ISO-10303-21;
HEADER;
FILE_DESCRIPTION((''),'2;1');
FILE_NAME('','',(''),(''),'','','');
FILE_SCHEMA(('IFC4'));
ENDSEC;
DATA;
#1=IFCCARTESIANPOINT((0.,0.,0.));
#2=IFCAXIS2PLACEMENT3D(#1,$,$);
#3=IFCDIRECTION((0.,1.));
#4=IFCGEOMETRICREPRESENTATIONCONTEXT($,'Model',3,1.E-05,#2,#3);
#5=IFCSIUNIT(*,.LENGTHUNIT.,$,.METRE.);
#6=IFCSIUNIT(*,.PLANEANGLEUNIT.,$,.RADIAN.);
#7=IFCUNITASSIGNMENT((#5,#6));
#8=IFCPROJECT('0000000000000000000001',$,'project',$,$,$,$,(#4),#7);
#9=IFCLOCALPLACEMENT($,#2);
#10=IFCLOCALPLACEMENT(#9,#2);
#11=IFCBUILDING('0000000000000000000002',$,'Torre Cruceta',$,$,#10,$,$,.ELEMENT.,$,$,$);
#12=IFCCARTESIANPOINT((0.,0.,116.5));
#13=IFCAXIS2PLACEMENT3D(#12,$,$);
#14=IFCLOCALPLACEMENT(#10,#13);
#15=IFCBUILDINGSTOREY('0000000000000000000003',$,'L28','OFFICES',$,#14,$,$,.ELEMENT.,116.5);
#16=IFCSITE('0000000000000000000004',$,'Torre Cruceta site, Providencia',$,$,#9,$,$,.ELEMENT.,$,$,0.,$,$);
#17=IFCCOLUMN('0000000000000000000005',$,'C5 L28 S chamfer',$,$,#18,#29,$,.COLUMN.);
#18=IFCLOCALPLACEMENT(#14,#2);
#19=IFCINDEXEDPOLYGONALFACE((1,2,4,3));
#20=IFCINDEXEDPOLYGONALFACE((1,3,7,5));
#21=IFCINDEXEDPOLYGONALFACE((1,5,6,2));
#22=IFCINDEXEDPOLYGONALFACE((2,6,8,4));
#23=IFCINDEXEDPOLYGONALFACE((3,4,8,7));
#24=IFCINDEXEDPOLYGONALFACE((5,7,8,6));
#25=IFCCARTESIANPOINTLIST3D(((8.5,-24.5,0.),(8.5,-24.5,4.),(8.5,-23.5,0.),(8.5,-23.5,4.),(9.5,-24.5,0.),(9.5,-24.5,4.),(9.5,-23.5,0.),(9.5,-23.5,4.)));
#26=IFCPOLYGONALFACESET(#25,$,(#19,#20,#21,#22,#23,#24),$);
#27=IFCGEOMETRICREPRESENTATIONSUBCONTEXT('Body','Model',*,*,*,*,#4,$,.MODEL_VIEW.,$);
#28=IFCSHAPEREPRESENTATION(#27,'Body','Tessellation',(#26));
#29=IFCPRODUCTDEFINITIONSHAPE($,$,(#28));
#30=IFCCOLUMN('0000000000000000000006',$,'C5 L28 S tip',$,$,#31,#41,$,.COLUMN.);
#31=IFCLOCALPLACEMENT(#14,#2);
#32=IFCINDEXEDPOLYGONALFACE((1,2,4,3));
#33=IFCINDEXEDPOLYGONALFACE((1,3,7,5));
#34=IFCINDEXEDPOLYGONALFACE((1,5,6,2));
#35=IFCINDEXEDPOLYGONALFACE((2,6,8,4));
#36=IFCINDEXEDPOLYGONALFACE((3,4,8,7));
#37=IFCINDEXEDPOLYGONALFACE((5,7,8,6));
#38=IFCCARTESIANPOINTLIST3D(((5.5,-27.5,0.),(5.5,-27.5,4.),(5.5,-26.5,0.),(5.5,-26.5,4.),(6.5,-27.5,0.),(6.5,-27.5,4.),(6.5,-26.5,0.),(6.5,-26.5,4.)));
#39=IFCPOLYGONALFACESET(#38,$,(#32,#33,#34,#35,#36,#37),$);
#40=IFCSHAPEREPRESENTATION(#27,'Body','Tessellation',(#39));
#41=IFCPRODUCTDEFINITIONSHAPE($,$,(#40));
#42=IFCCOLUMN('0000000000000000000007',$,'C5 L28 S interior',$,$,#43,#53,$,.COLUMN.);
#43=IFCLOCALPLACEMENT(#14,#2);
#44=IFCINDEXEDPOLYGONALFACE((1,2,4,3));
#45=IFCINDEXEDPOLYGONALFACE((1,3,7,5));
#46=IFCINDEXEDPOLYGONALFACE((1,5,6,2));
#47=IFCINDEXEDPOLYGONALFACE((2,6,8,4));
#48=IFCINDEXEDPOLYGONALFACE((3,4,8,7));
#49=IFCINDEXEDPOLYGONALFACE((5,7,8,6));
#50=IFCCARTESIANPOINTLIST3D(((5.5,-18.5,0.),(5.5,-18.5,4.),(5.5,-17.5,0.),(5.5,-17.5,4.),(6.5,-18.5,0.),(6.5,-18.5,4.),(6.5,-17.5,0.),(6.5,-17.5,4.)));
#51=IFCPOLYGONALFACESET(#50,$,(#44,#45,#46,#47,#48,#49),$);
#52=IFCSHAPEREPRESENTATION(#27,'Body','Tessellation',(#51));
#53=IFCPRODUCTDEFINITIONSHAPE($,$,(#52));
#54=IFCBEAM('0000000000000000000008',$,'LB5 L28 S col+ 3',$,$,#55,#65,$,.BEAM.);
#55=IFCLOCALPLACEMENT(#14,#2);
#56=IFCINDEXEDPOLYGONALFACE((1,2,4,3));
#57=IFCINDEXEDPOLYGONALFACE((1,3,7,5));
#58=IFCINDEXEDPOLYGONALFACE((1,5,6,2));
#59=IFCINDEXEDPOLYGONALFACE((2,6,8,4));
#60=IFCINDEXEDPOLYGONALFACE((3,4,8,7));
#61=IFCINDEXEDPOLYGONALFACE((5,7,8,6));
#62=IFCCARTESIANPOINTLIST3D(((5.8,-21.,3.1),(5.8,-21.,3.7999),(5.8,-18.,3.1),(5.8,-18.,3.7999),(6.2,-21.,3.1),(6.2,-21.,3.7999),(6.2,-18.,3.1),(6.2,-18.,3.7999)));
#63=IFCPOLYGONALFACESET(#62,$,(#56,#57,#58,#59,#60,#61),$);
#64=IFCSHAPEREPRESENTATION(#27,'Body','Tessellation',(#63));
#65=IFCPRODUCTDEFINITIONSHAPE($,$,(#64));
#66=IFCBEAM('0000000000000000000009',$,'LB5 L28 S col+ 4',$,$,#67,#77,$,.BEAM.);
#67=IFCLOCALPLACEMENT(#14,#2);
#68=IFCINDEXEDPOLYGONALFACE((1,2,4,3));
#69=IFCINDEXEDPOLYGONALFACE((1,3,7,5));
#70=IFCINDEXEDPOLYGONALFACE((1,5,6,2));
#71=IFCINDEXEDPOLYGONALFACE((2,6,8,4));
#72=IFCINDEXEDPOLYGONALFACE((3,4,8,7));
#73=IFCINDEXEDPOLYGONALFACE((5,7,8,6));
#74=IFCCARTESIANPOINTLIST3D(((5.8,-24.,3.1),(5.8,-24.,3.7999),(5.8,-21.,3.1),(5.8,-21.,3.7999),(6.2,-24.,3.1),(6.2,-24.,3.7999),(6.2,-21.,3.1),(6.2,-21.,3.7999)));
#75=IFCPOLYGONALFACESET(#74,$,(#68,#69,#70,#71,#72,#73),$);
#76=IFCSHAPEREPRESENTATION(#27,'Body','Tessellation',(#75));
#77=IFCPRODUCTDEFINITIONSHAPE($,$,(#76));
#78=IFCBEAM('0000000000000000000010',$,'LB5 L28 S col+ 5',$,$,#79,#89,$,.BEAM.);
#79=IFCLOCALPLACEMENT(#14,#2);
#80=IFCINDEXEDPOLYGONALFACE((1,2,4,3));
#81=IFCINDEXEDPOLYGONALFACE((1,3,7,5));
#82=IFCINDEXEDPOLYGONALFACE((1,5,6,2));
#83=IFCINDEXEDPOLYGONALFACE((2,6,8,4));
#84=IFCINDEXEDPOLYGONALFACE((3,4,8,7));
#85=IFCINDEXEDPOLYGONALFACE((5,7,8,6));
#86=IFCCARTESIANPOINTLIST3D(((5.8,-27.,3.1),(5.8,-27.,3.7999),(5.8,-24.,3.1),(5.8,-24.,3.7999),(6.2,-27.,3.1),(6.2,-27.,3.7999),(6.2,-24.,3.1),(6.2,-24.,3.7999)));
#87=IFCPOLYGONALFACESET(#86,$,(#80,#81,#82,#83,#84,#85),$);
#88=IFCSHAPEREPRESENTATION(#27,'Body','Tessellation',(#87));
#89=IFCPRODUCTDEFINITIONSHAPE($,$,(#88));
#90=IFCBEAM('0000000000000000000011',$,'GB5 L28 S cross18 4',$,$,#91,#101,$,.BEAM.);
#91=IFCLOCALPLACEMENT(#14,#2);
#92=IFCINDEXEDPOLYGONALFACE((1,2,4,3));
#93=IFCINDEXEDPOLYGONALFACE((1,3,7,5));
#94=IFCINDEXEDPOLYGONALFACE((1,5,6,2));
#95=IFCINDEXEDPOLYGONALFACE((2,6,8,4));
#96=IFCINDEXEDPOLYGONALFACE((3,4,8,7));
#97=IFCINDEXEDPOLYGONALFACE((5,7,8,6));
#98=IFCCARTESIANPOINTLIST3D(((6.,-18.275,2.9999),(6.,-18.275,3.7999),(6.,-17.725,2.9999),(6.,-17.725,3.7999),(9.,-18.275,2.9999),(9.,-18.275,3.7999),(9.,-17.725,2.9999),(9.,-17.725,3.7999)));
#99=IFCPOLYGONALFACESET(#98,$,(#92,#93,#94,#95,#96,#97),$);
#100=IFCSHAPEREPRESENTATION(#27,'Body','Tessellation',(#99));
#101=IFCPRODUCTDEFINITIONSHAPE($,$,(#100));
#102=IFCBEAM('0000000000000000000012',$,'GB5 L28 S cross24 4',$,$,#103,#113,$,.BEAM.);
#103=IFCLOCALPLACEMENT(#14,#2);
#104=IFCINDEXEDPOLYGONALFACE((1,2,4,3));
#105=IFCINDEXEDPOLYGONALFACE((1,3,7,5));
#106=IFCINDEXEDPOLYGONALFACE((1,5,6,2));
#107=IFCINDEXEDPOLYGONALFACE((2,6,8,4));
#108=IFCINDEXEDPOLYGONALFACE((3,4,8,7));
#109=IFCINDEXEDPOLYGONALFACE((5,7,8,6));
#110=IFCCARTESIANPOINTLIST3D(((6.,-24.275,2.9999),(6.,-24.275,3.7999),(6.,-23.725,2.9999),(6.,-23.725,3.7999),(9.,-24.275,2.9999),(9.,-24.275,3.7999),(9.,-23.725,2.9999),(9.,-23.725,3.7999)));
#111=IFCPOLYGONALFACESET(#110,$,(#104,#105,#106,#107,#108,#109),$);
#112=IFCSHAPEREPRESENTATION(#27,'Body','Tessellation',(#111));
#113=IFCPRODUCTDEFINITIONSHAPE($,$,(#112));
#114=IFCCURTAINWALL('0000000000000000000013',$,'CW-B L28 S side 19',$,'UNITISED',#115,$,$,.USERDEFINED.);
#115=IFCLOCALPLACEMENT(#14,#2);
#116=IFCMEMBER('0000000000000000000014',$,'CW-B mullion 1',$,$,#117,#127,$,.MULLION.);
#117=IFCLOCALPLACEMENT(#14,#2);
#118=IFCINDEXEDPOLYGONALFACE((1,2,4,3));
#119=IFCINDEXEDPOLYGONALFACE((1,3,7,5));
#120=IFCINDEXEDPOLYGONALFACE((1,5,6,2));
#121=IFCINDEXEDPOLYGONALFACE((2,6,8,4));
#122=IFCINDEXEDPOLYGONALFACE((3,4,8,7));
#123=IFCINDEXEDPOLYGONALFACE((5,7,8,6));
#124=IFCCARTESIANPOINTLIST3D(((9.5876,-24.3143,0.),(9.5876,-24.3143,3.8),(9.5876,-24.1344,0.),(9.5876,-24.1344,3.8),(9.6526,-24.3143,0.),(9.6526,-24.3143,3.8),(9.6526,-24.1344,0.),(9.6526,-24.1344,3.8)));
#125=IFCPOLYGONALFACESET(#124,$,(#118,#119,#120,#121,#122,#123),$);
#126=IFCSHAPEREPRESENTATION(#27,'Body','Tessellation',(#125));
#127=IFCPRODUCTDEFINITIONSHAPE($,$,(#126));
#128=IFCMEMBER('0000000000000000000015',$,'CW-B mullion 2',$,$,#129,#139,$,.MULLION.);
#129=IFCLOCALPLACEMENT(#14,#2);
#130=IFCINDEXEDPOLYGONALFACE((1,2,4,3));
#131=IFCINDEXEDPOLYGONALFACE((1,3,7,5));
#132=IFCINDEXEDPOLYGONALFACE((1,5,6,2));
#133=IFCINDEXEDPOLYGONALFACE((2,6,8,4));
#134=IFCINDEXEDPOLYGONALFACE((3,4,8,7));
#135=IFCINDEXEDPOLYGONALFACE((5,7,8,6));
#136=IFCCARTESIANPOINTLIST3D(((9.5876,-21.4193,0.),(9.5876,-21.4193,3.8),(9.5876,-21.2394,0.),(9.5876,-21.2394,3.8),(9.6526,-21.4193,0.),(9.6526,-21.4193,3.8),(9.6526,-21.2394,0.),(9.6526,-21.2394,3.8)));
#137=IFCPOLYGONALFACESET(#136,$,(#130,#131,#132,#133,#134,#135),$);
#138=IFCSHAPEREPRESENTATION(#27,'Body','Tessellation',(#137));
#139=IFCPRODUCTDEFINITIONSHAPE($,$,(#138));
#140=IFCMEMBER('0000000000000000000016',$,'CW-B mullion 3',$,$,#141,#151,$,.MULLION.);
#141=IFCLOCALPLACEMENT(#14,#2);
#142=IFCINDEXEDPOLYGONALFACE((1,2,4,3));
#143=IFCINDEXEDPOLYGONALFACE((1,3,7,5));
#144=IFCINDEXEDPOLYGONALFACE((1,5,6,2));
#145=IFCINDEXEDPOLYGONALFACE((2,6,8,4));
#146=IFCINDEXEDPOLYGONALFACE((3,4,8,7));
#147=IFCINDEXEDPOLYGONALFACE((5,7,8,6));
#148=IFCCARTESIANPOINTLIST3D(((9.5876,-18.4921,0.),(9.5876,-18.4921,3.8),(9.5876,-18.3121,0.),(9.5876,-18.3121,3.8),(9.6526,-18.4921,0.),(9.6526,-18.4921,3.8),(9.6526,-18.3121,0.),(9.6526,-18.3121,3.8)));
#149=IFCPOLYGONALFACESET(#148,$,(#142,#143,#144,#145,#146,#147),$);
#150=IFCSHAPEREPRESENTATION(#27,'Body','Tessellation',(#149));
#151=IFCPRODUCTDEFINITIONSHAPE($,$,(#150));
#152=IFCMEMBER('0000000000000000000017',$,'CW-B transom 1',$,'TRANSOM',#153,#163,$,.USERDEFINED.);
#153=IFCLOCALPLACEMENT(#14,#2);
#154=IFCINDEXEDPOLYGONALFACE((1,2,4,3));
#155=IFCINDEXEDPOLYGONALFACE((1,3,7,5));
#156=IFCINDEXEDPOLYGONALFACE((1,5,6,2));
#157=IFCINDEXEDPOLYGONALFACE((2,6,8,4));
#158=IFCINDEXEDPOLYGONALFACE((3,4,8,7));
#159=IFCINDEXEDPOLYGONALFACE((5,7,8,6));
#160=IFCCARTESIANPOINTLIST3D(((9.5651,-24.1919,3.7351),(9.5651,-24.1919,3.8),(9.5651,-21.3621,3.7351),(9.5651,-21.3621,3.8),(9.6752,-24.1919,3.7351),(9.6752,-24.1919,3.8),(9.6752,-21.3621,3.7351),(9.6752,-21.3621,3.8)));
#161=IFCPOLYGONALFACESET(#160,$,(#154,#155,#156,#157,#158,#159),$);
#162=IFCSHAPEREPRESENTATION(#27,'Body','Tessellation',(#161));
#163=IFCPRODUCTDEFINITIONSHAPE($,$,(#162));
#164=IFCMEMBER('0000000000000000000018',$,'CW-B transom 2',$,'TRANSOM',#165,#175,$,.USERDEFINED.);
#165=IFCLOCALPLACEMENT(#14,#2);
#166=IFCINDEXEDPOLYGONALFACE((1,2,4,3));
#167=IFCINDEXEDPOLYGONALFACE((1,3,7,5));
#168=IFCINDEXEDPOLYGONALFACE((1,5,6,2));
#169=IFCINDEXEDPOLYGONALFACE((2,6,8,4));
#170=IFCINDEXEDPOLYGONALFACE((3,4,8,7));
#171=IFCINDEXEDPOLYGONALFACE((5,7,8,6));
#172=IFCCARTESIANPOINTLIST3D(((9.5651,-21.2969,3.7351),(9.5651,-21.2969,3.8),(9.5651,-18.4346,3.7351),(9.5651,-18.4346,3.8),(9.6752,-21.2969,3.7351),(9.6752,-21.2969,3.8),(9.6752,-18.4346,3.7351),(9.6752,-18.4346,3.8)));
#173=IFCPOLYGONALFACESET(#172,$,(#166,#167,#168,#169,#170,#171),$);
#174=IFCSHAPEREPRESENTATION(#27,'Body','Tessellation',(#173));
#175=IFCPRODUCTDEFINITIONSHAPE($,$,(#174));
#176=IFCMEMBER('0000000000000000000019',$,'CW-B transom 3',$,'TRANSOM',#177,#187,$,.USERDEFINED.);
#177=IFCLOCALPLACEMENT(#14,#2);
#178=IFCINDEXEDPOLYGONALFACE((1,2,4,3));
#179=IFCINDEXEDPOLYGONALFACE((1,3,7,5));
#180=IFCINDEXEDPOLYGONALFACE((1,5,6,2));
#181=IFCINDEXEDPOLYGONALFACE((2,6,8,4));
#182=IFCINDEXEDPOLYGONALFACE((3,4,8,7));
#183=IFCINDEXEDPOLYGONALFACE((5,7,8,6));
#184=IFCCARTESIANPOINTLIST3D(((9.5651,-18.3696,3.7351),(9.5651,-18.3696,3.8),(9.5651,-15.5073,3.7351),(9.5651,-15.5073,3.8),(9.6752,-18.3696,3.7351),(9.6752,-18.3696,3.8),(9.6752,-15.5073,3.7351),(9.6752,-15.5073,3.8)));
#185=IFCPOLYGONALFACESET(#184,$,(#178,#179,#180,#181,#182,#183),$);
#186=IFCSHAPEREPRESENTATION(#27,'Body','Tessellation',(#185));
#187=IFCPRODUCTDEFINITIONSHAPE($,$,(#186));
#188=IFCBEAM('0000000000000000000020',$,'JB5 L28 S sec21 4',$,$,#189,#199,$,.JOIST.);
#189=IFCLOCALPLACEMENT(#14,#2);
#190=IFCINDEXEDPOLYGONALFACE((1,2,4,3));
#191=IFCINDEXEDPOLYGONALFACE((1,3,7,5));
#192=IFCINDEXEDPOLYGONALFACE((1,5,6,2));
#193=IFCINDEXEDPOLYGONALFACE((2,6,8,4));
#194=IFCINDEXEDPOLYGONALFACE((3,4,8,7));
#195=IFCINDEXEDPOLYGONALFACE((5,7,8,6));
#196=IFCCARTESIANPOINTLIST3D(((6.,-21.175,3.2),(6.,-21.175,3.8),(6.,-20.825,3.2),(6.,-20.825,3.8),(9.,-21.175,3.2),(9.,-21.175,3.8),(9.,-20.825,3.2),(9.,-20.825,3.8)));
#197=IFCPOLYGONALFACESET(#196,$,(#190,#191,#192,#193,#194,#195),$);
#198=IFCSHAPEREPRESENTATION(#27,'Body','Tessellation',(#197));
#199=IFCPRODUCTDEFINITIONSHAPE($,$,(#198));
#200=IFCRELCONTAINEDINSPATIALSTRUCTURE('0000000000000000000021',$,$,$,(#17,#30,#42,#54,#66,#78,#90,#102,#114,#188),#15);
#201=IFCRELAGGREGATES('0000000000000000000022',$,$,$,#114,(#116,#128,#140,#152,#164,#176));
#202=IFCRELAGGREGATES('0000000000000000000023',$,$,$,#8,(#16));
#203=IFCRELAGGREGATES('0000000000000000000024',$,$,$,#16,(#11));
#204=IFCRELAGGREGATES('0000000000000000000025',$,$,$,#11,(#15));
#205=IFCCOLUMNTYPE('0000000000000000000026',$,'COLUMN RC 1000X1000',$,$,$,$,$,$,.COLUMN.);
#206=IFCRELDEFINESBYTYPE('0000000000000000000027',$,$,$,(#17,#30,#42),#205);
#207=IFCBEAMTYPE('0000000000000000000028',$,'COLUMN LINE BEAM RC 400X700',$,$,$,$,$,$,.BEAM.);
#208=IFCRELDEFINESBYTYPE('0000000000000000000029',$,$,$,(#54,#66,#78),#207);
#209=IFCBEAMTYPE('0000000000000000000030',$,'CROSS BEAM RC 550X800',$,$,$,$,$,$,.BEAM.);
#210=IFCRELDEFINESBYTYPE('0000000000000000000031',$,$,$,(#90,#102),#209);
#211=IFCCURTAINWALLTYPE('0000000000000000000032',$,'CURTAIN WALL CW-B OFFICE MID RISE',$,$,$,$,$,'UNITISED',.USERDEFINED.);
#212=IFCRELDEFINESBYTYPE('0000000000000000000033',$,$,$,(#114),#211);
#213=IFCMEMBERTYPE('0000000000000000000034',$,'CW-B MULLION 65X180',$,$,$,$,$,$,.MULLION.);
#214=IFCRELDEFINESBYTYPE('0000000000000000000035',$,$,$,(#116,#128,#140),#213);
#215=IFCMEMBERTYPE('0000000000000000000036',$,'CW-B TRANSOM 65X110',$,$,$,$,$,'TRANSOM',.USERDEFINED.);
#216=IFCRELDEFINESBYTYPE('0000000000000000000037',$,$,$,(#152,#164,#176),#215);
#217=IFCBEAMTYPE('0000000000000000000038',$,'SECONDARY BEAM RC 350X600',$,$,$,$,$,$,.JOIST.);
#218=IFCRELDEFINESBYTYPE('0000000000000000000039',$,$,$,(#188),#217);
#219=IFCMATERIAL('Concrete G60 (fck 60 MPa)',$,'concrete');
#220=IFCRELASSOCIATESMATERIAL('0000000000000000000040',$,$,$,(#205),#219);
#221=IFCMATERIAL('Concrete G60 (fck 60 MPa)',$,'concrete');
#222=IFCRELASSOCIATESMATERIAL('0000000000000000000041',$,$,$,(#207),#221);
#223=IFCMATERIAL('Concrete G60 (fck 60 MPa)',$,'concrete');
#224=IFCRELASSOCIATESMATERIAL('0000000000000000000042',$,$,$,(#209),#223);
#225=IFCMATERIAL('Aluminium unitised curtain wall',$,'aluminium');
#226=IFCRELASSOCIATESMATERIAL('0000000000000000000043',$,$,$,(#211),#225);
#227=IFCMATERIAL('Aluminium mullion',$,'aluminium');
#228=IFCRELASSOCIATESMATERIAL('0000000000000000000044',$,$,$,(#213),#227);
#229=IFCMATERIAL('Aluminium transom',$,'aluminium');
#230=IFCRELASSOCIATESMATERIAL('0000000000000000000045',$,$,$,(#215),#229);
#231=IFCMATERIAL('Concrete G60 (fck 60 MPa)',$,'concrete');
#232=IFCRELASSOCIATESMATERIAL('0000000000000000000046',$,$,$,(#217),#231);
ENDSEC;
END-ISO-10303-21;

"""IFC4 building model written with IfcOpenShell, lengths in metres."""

from ifc_helpers import new_model, si_unit, direction, frame, origin, origin_2d, place, context, subcontext, project, spatial, rectangle, extrude, material, material_profile, profile_set, type_object, element, aggregate, save


model = new_model("IFC4")

# Units and contexts
model_context = context("Model", 3, precision=1e-05, world=origin(), true_north=direction((0.0, 1.0)))
body_context = subcontext(model_context, "Body", "Model", "MODEL_VIEW")
ifc_project = project(units=[si_unit("LENGTHUNIT", "METRE"), si_unit("PLANEANGLEUNIT", "RADIAN")], contexts=[model_context])

# Site, building, storey
site_placement = place(None, origin())
site = spatial("IfcSite", under=ifc_project, at=site_placement, Name="Torre Cruceta site, Providencia", CompositionType="ELEMENT", RefElevation=0.0)
building_placement = place(site_placement, origin())
building = spatial("IfcBuilding", under=site, at=building_placement, Name="Torre Cruceta", CompositionType="ELEMENT")
storey_placement = place(building_placement, frame((0.0, 0.0, 116.5)))
storey = spatial("IfcBuildingStorey", under=building, at=storey_placement, Name="L28", Description="OFFICES", CompositionType="ELEMENT", Elevation=116.5)

# Columns
ifc_material_1 = material(Name="Concrete G60 (fck 60 MPa)", Category="concrete")
ifc_material_profile_1 = material_profile(ifc_material_1, rectangle(XDim=1.0, YDim=1.0, at=origin_2d()), Name="RC 1000X1000")
ifc_profile_set_1 = profile_set([ifc_material_profile_1], Name="Concrete G60 (fck 60 MPa)")
column_type = type_object("IfcColumnType", Name="COLUMN RC 1000X1000", PredefinedType="COLUMN", material=ifc_profile_set_1)
for number, where, z_axis, x_axis, name in (
    (1, (9.0, -24.0, 0.0), (0.0, 0.0, 1.0), (1.0, 0.0, 0.0), "C5 L28 S chamfer"),
    (2, (6.0, -27.0, 0.0), (0.0, 0.0, 1.0), (1.0, 0.0, 0.0), "C5 L28 S tip"),
    (3, (6.0, -18.0, 0.0), (0.0, 0.0, 1.0), (1.0, 0.0, 0.0), "C5 L28 S interior"),
):
    element("IfcColumn", number, at=place(storey_placement, frame(where, z_axis=z_axis, x_axis=x_axis)), inside=storey, type_object=column_type, Name=name, PredefinedType="COLUMN", context=body_context, shape_type="SweptSolid", body=[
        extrude(rectangle(XDim=1.0, YDim=1.0, at=origin_2d()), origin(), (0.0, 0.0, 1.0), 4.0),
    ])

# Beams
ifc_material_2 = material(Name="Concrete G60 (fck 60 MPa)", Category="concrete")
ifc_material_profile_2 = material_profile(ifc_material_2, rectangle(XDim=0.3999, YDim=0.7, at=origin_2d()), Name="RC 400X700")
ifc_profile_set_2 = profile_set([ifc_material_profile_2], Name="Concrete G60 (fck 60 MPa)")
beam_type_1 = type_object("IfcBeamType", Name="COLUMN LINE BEAM RC 400X700", PredefinedType="BEAM", material=ifc_profile_set_2)
for number, where, z_axis, x_axis, name in (
    (4, (6.0, -18.0, 3.45), (0.0, -1.0, 0.0), (1.0, 0.0, 0.0), "LB5 L28 S col+ 3"),
    (5, (6.0, -21.0, 3.45), (0.0, -1.0, 0.0), (1.0, 0.0, 0.0), "LB5 L28 S col+ 4"),
    (6, (6.0, -24.0, 3.45), (0.0, -1.0, 0.0), (1.0, 0.0, 0.0), "LB5 L28 S col+ 5"),
):
    element("IfcBeam", number, at=place(storey_placement, frame(where, z_axis=z_axis, x_axis=x_axis)), inside=storey, type_object=beam_type_1, Name=name, PredefinedType="BEAM", context=body_context, shape_type="SweptSolid", body=[
        extrude(rectangle(XDim=0.3999, YDim=0.7, at=origin_2d()), origin(), (0.0, 0.0, 1.0), 3.0),
    ])
ifc_material_3 = material(Name="Concrete G60 (fck 60 MPa)", Category="concrete")
ifc_material_profile_3 = material_profile(ifc_material_3, rectangle(XDim=0.55, YDim=0.8, at=origin_2d()), Name="RC 550X800")
ifc_profile_set_3 = profile_set([ifc_material_profile_3], Name="Concrete G60 (fck 60 MPa)")
beam_type_2 = type_object("IfcBeamType", Name="CROSS BEAM RC 550X800", PredefinedType="BEAM", material=ifc_profile_set_3)
for number, where, z_axis, x_axis, name in (
    (7, (6.0, -18.0, 3.3999), (1.0, 0.0, 0.0), (0.0, 1.0, 0.0), "GB5 L28 S cross18 4"),
    (8, (6.0, -24.0, 3.3999), (1.0, 0.0, 0.0), (0.0, 1.0, 0.0), "GB5 L28 S cross24 4"),
):
    element("IfcBeam", number, at=place(storey_placement, frame(where, z_axis=z_axis, x_axis=x_axis)), inside=storey, type_object=beam_type_2, Name=name, PredefinedType="BEAM", context=body_context, shape_type="SweptSolid", body=[
        extrude(rectangle(XDim=0.55, YDim=0.8, at=origin_2d()), origin(), (0.0, 0.0, 1.0), 3.0),
    ])

# Curtain wall, members
ifc_material_4 = material(Name="Aluminium unitised curtain wall", Category="aluminium")
curtain_wall_type = type_object("IfcCurtainWallType", Name="CURTAIN WALL CW-B OFFICE MID RISE", ElementType="UNITISED", PredefinedType="USERDEFINED", material=ifc_material_4)
curtain_wall_placement = place(storey_placement, origin())
curtain_wall = element("IfcCurtainWall", 9, at=curtain_wall_placement, inside=storey, type_object=curtain_wall_type, Name="CW-B L28 S side 19", ObjectType="UNITISED", PredefinedType="USERDEFINED")
ifc_material_5 = material(Name="Aluminium mullion", Category="aluminium")
ifc_material_profile_4 = material_profile(ifc_material_5, rectangle(XDim=0.0649, YDim=0.1799, at=origin_2d()), Name="AL 65X180")
ifc_profile_set_4 = profile_set([ifc_material_profile_4], Name="Aluminium mullion")
member_type_1 = type_object("IfcMemberType", Name="CW-B MULLION 65X180", PredefinedType="MULLION", material=ifc_profile_set_4)
member_1_placement = place(storey_placement, frame((9.6201, -24.2244, 0.0), z_axis=(0.0, 0.0, 1.0), x_axis=(-1.0, 0.0, 0.0)))
member_1 = element("IfcMember", 10, at=member_1_placement, type_object=member_type_1, Name="CW-B mullion 1", PredefinedType="MULLION", context=body_context, shape_type="SweptSolid", body=[
    extrude(rectangle(XDim=0.0649, YDim=0.1799, at=origin_2d()), origin(), (0.0, 0.0, 1.0), 3.8),
])
member_2_placement = place(storey_placement, frame((9.6201, -21.3293, 0.0), z_axis=(0.0, 0.0, 1.0), x_axis=(-1.0, 0.0, 0.0)))
member_2 = element("IfcMember", 11, at=member_2_placement, type_object=member_type_1, Name="CW-B mullion 2", PredefinedType="MULLION", context=body_context, shape_type="SweptSolid", body=[
    extrude(rectangle(XDim=0.0649, YDim=0.1799, at=origin_2d()), origin(), (0.0, 0.0, 1.0), 3.8),
])
member_3_placement = place(storey_placement, frame((9.6201, -18.4021, 0.0), z_axis=(0.0, 0.0, 1.0), x_axis=(-1.0, 0.0, 0.0)))
member_3 = element("IfcMember", 12, at=member_3_placement, type_object=member_type_1, Name="CW-B mullion 3", PredefinedType="MULLION", context=body_context, shape_type="SweptSolid", body=[
    extrude(rectangle(XDim=0.0649, YDim=0.1799, at=origin_2d()), origin(), (0.0, 0.0, 1.0), 3.8),
])
ifc_material_6 = material(Name="Aluminium transom", Category="aluminium")
ifc_material_profile_5 = material_profile(ifc_material_6, rectangle(XDim=0.1101, YDim=0.0649, at=origin_2d()), Name="AL 110X65")
ifc_profile_set_5 = profile_set([ifc_material_profile_5], Name="Aluminium transom")
member_type_2 = type_object("IfcMemberType", Name="CW-B TRANSOM 65X110", ElementType="TRANSOM", PredefinedType="USERDEFINED", material=ifc_profile_set_5)
member_4_placement = place(storey_placement, frame((9.6201, -24.1919, 3.7676), z_axis=(0.0, 1.0, 0.0), x_axis=(-1.0, 0.0, 0.0)))
member_4 = element("IfcMember", 13, at=member_4_placement, type_object=member_type_2, Name="CW-B transom 1", ObjectType="TRANSOM", PredefinedType="USERDEFINED", context=body_context, shape_type="SweptSolid", body=[
    extrude(rectangle(XDim=0.1101, YDim=0.0649, at=origin_2d()), origin(), (0.0, 0.0, 1.0), 2.8298),
])
member_5_placement = place(storey_placement, frame((9.6201, -21.2969, 3.7676), z_axis=(0.0, 1.0, 0.0), x_axis=(-1.0, 0.0, 0.0)))
member_5 = element("IfcMember", 14, at=member_5_placement, type_object=member_type_2, Name="CW-B transom 2", ObjectType="TRANSOM", PredefinedType="USERDEFINED", context=body_context, shape_type="SweptSolid", body=[
    extrude(rectangle(XDim=0.1101, YDim=0.0649, at=origin_2d()), origin(), (0.0, 0.0, 1.0), 2.8623),
])
member_6_placement = place(storey_placement, frame((9.6201, -18.3696, 3.7676), z_axis=(0.0, 1.0, 0.0), x_axis=(-1.0, 0.0, 0.0)))
member_6 = element("IfcMember", 15, at=member_6_placement, type_object=member_type_2, Name="CW-B transom 3", ObjectType="TRANSOM", PredefinedType="USERDEFINED", context=body_context, shape_type="SweptSolid", body=[
    extrude(rectangle(XDim=0.1101, YDim=0.0649, at=origin_2d()), origin(), (0.0, 0.0, 1.0), 2.8623),
])

# Beam
ifc_material_7 = material(Name="Concrete G60 (fck 60 MPa)", Category="concrete")
ifc_material_profile_6 = material_profile(ifc_material_7, rectangle(XDim=0.3501, YDim=0.6001, at=origin_2d()), Name="RC 350X600")
ifc_profile_set_6 = profile_set([ifc_material_profile_6], Name="Concrete G60 (fck 60 MPa)")
beam_type_3 = type_object("IfcBeamType", Name="SECONDARY BEAM RC 350X600", PredefinedType="JOIST", material=ifc_profile_set_6)
beam_1_placement = place(storey_placement, frame((6.0, -21.0, 3.5), z_axis=(1.0, 0.0, 0.0), x_axis=(0.0, 1.0, 0.0)))
element("IfcBeam", 16, at=beam_1_placement, inside=storey, type_object=beam_type_3, Name="JB5 L28 S sec21 4", PredefinedType="JOIST", context=body_context, shape_type="SweptSolid", body=[
    extrude(rectangle(XDim=0.3501, YDim=0.6001, at=origin_2d()), origin(), (0.0, 0.0, 1.0), 3.0),
])

aggregate(curtain_wall, [member_1, member_2, member_3, member_4, member_5, member_6])

save(model, "model.ifc")
